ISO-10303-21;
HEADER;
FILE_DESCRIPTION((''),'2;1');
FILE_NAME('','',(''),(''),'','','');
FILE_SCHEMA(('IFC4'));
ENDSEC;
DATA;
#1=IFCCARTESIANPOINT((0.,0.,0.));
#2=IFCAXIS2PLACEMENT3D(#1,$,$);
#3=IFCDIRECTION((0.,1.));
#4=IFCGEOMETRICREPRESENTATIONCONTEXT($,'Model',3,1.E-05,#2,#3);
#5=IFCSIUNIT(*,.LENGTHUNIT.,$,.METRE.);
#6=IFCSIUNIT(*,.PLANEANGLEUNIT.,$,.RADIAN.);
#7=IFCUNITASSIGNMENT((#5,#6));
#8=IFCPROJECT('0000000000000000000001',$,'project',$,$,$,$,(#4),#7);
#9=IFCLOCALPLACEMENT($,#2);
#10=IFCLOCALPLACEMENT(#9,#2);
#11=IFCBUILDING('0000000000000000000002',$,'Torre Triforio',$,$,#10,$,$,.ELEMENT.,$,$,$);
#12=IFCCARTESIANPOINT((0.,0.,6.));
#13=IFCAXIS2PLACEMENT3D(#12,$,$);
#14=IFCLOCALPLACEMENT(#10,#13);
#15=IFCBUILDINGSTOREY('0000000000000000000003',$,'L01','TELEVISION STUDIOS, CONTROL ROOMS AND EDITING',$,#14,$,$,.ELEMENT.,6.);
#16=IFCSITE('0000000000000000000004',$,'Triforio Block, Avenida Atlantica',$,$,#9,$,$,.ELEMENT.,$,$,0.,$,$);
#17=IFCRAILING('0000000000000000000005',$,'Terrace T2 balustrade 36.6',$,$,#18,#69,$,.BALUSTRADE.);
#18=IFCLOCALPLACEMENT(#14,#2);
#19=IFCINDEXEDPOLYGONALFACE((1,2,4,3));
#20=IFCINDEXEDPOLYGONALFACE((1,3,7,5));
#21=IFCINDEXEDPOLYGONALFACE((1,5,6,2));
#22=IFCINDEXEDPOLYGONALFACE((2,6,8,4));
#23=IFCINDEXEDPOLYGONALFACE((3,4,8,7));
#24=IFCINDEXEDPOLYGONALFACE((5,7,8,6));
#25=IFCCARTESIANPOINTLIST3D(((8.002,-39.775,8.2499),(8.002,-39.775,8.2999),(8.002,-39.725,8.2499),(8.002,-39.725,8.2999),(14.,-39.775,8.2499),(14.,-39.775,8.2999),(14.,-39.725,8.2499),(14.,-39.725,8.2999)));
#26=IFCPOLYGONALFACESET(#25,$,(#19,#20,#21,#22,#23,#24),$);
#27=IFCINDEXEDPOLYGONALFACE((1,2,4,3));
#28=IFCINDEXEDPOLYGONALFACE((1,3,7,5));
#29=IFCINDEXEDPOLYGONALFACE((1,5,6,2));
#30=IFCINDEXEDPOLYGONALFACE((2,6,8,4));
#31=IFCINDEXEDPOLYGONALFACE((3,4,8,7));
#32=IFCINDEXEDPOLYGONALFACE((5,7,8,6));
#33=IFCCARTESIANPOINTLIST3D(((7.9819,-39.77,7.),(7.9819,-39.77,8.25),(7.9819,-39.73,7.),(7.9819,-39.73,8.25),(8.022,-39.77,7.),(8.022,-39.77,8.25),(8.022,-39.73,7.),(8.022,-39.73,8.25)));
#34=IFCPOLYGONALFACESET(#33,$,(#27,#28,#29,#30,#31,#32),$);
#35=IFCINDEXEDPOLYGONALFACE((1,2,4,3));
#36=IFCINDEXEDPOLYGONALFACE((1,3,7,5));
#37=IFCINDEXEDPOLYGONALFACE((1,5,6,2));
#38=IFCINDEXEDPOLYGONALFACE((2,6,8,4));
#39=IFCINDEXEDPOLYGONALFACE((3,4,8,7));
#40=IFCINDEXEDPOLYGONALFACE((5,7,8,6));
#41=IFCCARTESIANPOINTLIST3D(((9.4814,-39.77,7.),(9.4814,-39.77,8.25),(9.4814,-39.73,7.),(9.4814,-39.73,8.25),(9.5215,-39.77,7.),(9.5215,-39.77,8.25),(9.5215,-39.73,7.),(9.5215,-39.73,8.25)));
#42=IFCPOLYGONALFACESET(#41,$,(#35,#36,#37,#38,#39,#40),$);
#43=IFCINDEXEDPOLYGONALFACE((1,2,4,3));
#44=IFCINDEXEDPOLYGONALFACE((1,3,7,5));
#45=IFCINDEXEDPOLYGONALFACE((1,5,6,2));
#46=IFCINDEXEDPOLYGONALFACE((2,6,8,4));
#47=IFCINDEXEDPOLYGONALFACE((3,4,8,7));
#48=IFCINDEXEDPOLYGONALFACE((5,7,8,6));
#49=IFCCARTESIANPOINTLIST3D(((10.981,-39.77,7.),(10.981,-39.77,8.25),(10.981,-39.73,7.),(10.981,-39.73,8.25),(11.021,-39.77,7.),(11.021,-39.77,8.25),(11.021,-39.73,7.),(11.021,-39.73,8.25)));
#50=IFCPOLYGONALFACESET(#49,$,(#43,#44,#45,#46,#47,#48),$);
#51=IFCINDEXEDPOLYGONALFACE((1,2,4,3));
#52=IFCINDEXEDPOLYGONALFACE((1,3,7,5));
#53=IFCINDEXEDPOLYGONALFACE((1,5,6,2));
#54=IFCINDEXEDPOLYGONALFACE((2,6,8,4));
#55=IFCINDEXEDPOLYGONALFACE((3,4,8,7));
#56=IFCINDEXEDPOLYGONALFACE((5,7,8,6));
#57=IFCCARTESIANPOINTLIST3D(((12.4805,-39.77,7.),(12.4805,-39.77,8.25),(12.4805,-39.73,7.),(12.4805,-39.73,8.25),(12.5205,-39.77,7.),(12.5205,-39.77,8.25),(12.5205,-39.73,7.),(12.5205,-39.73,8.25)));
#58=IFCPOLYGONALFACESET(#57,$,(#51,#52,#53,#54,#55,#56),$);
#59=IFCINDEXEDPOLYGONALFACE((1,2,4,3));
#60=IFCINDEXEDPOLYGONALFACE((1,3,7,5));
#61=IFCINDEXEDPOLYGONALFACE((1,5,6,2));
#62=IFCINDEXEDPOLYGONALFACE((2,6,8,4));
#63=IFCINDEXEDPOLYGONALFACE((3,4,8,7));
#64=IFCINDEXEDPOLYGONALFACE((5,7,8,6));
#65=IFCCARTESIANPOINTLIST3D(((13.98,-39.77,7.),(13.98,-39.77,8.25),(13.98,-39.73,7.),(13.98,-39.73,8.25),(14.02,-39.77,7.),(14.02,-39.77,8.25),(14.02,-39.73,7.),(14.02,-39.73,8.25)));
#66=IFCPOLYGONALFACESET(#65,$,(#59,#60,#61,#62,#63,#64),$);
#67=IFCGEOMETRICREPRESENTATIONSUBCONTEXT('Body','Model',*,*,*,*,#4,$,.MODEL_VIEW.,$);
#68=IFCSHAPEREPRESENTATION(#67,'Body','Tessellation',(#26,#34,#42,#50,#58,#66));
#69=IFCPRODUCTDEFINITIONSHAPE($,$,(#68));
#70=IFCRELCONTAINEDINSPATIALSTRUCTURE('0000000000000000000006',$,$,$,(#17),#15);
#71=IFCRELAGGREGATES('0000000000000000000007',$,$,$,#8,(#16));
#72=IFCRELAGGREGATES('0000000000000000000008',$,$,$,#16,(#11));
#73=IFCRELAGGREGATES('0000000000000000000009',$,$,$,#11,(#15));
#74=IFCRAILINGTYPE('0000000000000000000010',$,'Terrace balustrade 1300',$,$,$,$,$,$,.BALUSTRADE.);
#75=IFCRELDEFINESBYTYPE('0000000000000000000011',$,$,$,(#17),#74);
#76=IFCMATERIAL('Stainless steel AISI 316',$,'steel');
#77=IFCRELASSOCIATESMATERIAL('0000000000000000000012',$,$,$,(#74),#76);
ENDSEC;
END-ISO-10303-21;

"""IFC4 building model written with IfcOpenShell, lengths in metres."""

from ifc_helpers import new_model, si_unit, direction, frame, origin, origin_2d, place, context, subcontext, project, spatial, rectangle, extrude, material, type_object, element, save


model = new_model("IFC4")

# Units and contexts
model_context = context("Model", 3, precision=1e-05, world=origin(), true_north=direction((0.0, 1.0)))
body_context = subcontext(model_context, "Body", "Model", "MODEL_VIEW")
ifc_project = project(units=[si_unit("LENGTHUNIT", "METRE"), si_unit("PLANEANGLEUNIT", "RADIAN")], contexts=[model_context])

# Site, building, storey
site_placement = place(None, origin())
site = spatial("IfcSite", under=ifc_project, at=site_placement, Name="Triforio Block, Avenida Atlantica", CompositionType="ELEMENT", RefElevation=0.0)
building_placement = place(site_placement, origin())
building = spatial("IfcBuilding", under=site, at=building_placement, Name="Torre Triforio", CompositionType="ELEMENT")
storey_placement = place(building_placement, frame((0.0, 0.0, 6.0)))
storey = spatial("IfcBuildingStorey", under=building, at=storey_placement, Name="L01", Description="TELEVISION STUDIOS, CONTROL ROOMS AND EDITING", CompositionType="ELEMENT", Elevation=6.0)

# Railing
ifc_material_1 = material(Name="Stainless steel AISI 316", Category="steel")
railing_type = type_object("IfcRailingType", Name="Terrace balustrade 1300", PredefinedType="BALUSTRADE", material=ifc_material_1)
railing_placement = place(storey_placement, frame((8.002, -39.75, 7.0)))
element("IfcRailing", 1, at=railing_placement, inside=storey, type_object=railing_type, Name="Terrace T2 balustrade 36.6", PredefinedType="BALUSTRADE", context=body_context, shape_type="SweptSolid", body=[
    extrude(rectangle(XDim=0.05, YDim=0.05, at=origin_2d()), frame((0.0, 0.0, 1.2749), z_axis=(1.0, 0.0, 0.0), x_axis=(0.0, 1.0, 0.0)), (0.0, 0.0, 1.0), 5.998),
    extrude(rectangle(XDim=0.04, YDim=0.04, at=origin_2d()), origin(), (0.0, 0.0, 1.0), 1.25),
    extrude(rectangle(XDim=0.04, YDim=0.04, at=origin_2d()), frame((1.4995, 0.0, 0.0)), (0.0, 0.0, 1.0), 1.25),
    extrude(rectangle(XDim=0.04, YDim=0.04, at=origin_2d()), frame((2.999, 0.0, 0.0)), (0.0, 0.0, 1.0), 1.25),
    extrude(rectangle(XDim=0.04, YDim=0.04, at=origin_2d()), frame((4.4985, 0.0, 0.0)), (0.0, 0.0, 1.0), 1.25),
    extrude(rectangle(XDim=0.04, YDim=0.04, at=origin_2d()), frame((5.998, 0.0, 0.0)), (0.0, 0.0, 1.0), 1.25),
])

save(model, "model.ifc")
